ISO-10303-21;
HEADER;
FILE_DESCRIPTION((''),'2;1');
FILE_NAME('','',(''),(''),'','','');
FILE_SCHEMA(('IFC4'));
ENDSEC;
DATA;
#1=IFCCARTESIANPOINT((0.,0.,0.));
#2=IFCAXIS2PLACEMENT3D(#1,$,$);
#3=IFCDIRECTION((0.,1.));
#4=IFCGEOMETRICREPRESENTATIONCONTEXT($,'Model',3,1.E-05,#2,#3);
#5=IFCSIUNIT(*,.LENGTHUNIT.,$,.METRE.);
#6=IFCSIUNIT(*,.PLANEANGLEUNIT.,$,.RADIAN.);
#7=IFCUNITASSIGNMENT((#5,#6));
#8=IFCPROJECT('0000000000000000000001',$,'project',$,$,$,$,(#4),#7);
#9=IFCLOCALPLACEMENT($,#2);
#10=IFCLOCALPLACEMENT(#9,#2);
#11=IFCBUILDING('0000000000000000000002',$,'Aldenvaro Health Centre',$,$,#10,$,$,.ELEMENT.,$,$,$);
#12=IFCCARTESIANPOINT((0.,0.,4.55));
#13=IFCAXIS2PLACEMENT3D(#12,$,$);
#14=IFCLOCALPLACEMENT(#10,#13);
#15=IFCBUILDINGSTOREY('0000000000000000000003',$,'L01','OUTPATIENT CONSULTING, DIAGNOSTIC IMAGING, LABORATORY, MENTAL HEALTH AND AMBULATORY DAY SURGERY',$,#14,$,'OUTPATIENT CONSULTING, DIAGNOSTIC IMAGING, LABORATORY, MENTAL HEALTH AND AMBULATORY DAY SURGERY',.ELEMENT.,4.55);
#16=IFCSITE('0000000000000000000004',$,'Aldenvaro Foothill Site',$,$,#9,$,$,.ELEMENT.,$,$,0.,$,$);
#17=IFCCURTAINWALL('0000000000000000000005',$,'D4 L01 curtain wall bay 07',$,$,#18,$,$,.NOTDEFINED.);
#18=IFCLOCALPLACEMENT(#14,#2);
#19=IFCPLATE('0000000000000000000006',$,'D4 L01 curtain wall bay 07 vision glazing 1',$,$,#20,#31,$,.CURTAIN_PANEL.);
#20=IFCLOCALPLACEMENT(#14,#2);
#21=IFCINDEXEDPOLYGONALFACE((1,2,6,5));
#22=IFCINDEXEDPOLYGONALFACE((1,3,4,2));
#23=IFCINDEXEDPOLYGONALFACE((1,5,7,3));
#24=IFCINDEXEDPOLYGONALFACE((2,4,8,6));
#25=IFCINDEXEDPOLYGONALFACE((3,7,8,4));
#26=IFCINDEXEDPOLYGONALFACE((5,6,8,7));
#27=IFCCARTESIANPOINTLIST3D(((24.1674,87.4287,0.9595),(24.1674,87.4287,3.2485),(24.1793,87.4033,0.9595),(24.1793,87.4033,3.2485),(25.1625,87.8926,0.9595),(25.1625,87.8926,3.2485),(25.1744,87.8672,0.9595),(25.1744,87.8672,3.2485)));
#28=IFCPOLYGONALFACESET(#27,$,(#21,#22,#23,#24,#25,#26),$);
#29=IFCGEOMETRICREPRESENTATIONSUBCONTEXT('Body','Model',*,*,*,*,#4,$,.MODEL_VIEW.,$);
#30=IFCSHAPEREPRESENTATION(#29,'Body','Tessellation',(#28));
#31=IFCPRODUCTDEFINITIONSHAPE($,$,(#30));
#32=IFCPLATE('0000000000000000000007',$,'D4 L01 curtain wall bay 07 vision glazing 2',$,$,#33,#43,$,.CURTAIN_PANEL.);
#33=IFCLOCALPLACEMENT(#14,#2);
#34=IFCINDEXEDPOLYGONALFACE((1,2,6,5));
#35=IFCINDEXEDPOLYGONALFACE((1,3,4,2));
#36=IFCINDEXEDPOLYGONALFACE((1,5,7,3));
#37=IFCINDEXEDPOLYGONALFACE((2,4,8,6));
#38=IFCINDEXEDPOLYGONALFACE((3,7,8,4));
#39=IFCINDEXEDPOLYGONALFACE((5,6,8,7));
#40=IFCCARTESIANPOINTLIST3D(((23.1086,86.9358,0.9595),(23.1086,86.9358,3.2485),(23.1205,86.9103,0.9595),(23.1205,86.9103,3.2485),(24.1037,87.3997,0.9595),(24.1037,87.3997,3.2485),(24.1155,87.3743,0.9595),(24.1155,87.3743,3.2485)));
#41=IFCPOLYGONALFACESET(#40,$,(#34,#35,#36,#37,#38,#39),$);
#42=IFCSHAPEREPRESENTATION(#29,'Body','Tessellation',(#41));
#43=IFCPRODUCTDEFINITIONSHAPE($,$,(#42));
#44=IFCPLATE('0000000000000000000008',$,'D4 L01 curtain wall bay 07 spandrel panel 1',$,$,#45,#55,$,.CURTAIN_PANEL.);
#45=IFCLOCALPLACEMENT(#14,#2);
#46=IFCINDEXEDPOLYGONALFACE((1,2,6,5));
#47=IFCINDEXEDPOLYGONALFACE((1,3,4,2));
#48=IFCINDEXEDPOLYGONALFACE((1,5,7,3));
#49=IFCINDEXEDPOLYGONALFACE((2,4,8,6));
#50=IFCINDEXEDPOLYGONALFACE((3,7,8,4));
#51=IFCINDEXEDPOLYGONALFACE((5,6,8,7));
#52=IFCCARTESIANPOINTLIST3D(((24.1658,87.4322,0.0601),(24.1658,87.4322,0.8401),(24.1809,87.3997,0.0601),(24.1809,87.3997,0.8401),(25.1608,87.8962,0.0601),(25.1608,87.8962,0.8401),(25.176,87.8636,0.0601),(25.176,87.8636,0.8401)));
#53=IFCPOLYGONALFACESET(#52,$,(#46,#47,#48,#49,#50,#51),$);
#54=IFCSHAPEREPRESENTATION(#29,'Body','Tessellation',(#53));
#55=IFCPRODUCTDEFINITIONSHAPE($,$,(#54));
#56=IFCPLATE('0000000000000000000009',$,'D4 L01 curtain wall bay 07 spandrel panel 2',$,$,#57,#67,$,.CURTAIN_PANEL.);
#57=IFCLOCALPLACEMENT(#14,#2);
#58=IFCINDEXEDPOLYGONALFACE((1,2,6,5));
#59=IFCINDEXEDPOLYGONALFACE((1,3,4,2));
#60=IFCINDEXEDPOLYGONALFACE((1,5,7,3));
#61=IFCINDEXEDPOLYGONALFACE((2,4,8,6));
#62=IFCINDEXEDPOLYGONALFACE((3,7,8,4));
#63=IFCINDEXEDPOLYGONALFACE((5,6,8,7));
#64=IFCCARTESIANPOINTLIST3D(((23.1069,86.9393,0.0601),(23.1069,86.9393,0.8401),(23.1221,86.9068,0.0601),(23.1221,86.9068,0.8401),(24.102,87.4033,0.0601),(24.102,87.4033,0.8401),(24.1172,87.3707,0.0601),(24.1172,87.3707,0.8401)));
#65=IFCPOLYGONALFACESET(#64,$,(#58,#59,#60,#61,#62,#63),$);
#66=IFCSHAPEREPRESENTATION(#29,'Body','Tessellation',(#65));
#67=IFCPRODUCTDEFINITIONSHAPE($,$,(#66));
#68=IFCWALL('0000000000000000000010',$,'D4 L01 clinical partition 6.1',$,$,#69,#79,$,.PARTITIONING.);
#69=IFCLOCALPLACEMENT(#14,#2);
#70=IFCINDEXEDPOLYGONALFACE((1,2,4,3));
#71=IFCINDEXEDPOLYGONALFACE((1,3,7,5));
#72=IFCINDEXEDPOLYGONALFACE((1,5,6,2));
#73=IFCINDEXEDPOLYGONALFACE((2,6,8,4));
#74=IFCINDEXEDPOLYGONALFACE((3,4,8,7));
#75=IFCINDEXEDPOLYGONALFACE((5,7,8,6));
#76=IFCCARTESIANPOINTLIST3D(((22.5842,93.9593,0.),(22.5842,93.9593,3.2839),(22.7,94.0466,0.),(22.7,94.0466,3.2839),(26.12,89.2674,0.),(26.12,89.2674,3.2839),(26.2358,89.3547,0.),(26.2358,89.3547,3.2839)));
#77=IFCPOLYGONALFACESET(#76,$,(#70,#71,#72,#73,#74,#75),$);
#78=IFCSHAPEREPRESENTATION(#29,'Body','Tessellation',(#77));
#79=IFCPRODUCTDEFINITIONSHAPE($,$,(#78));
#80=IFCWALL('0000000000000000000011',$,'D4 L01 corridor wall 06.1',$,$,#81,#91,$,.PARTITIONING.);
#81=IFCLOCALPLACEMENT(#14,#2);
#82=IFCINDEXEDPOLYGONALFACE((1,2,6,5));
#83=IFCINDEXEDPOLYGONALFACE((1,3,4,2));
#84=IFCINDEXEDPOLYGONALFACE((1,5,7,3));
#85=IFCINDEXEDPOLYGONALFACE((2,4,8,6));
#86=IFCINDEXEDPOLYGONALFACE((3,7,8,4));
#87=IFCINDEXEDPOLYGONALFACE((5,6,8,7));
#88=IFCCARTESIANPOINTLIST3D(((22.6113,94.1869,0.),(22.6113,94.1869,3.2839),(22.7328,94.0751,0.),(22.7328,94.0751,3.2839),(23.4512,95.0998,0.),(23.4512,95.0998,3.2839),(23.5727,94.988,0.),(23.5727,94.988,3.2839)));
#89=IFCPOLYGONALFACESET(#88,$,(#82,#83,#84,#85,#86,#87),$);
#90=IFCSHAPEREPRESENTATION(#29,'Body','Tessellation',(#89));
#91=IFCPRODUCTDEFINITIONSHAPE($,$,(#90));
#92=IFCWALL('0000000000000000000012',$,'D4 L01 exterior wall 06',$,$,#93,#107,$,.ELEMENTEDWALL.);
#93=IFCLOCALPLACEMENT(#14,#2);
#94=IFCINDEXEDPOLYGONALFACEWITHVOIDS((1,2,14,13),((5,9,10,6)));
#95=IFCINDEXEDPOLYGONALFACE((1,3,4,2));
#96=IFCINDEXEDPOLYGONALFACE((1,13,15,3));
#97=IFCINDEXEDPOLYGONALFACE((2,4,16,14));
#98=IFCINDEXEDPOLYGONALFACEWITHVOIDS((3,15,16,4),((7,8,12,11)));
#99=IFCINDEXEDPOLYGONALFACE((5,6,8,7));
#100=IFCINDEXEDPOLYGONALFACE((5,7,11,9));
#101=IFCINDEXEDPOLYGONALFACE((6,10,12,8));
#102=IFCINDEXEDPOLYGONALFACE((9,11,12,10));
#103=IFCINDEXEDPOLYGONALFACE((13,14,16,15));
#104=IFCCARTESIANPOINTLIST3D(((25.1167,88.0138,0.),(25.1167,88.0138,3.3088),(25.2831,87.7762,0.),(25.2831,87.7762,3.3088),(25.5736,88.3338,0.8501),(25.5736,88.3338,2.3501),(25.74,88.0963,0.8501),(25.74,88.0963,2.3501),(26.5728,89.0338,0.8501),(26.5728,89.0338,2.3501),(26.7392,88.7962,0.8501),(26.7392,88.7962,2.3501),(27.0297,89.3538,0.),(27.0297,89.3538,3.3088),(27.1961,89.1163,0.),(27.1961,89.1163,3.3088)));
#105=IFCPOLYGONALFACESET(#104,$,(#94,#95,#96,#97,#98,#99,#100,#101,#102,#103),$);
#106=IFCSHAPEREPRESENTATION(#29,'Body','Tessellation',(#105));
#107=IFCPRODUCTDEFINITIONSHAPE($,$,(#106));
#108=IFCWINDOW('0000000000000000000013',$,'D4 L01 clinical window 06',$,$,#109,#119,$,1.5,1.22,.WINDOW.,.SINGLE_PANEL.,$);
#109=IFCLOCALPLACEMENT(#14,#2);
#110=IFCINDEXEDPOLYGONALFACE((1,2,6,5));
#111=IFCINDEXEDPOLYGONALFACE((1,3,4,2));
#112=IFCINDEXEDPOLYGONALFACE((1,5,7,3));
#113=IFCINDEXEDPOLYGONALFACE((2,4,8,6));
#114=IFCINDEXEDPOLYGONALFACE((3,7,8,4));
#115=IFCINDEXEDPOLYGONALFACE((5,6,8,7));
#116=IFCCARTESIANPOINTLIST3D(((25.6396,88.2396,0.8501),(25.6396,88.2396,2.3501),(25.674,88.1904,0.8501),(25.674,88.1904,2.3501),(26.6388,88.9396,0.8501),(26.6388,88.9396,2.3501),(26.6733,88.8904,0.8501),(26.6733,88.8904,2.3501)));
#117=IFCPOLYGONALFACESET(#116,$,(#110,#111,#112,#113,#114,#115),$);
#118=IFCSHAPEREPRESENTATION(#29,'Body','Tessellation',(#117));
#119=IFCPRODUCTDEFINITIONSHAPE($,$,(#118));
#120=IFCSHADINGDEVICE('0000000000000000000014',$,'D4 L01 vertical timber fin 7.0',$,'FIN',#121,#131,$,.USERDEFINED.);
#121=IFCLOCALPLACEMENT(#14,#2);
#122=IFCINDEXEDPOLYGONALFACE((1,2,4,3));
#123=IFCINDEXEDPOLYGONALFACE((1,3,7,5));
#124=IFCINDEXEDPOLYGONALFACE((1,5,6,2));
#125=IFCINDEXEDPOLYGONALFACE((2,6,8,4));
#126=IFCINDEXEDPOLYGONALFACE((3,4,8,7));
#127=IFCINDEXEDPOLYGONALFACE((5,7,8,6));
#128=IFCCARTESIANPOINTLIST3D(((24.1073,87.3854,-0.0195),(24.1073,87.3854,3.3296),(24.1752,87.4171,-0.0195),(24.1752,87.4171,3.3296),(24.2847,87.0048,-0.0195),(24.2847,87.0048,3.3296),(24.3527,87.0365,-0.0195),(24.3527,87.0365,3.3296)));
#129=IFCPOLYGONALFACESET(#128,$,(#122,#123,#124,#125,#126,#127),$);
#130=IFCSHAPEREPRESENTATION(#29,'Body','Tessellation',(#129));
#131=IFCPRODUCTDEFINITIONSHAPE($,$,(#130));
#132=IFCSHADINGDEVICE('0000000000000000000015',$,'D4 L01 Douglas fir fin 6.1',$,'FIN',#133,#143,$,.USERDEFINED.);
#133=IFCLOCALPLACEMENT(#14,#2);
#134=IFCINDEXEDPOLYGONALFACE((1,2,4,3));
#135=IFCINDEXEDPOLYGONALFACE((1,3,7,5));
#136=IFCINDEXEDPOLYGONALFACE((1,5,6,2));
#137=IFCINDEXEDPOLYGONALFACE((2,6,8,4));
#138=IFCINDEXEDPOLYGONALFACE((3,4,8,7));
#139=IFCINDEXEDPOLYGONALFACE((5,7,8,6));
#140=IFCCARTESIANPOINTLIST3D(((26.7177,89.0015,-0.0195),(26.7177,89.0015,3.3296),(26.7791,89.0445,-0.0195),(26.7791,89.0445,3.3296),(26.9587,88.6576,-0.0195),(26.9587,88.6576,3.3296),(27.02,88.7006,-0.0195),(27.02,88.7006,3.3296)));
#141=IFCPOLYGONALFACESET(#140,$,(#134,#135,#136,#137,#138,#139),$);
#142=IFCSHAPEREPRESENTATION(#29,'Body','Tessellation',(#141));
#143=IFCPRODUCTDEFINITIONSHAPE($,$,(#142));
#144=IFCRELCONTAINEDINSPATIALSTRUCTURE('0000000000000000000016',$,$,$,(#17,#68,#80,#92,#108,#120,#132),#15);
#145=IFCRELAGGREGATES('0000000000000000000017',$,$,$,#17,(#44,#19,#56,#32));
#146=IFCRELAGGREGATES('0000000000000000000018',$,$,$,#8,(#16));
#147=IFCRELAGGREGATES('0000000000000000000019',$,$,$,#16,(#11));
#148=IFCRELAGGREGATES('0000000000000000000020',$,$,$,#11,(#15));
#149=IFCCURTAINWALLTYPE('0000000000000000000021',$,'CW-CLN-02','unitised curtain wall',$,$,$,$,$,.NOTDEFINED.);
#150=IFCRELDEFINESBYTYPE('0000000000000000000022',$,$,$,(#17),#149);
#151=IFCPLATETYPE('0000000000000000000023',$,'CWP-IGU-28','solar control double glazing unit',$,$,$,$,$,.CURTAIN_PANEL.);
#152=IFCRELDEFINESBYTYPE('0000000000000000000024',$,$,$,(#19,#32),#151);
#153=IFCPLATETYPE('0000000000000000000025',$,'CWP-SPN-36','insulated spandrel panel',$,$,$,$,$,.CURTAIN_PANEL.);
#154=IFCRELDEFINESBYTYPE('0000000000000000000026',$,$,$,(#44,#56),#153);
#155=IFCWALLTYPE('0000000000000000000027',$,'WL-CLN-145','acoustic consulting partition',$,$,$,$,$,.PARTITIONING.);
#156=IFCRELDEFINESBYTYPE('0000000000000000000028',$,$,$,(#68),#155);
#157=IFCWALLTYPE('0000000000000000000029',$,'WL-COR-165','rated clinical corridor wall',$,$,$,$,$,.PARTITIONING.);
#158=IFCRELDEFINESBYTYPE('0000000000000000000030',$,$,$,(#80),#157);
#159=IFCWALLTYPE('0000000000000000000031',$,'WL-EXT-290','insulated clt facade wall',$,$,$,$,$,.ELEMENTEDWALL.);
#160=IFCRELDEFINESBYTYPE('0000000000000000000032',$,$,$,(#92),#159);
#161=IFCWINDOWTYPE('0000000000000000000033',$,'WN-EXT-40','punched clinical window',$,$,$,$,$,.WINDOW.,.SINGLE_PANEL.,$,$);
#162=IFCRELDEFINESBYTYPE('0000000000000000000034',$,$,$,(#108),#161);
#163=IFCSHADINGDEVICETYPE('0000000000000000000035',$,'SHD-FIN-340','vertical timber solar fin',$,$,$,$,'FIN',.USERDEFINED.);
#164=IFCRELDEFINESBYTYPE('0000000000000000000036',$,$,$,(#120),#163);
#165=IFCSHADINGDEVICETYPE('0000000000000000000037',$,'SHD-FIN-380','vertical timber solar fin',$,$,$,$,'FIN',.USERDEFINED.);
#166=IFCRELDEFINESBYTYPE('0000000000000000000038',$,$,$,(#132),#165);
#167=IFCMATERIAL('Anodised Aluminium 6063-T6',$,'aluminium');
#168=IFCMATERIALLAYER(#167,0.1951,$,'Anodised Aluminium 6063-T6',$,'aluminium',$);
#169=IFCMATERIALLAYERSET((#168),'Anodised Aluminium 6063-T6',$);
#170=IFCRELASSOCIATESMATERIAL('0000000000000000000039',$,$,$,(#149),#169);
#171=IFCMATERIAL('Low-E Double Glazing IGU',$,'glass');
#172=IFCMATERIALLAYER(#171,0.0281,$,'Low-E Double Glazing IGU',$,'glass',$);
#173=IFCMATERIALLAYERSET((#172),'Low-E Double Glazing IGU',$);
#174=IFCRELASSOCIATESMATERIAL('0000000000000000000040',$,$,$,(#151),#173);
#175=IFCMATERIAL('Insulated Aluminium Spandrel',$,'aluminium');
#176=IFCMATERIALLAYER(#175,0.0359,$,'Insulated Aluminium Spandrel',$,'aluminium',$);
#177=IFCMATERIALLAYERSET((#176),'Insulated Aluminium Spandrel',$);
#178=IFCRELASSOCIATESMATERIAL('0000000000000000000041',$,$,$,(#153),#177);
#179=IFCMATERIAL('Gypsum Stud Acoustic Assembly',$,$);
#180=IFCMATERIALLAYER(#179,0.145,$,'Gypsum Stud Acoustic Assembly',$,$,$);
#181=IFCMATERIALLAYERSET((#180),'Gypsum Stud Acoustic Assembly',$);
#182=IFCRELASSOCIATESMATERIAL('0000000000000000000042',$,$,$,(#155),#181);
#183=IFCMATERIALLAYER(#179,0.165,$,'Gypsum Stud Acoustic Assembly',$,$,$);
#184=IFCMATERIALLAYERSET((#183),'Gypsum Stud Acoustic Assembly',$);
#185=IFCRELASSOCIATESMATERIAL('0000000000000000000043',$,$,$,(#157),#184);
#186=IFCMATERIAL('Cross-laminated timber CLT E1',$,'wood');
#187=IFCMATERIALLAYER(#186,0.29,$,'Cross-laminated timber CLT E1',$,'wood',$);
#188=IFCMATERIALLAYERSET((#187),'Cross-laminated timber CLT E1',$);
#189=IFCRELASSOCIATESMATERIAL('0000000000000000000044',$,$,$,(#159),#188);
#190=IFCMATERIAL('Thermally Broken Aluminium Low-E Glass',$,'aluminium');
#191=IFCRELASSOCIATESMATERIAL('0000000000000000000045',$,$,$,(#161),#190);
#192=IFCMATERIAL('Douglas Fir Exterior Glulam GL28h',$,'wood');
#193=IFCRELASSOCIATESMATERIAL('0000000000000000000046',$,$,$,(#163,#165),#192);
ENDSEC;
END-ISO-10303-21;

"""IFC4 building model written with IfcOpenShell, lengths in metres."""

from ifc_helpers import new_model, si_unit, direction, frame, frame_2d, origin, origin_2d, place, context, subcontext, project, spatial, rectangle, extrude, material, layer, layer_set, type_object, element, fill, aggregate, save


model = new_model("IFC4")

# Units and contexts
model_context = context("Model", 3, precision=1e-05, world=origin(), true_north=direction((0.0, 1.0)))
body_context = subcontext(model_context, "Body", "Model", "MODEL_VIEW")
ifc_project = project(units=[si_unit("LENGTHUNIT", "METRE"), si_unit("PLANEANGLEUNIT", "RADIAN")], contexts=[model_context])

# Site, building, storey
site_placement = place(None, origin())
site = spatial("IfcSite", under=ifc_project, at=site_placement, Name="Aldenvaro Foothill Site", CompositionType="ELEMENT", RefElevation=0.0)
building_placement = place(site_placement, origin())
building = spatial("IfcBuilding", under=site, at=building_placement, Name="Aldenvaro Health Centre", CompositionType="ELEMENT")
storey_placement = place(building_placement, frame((0.0, 0.0, 4.55)))
storey = spatial("IfcBuildingStorey", under=building, at=storey_placement, Name="L01", Description="OUTPATIENT CONSULTING, DIAGNOSTIC IMAGING, LABORATORY, MENTAL HEALTH AND AMBULATORY DAY SURGERY", LongName="OUTPATIENT CONSULTING, DIAGNOSTIC IMAGING, LABORATORY, MENTAL HEALTH AND AMBULATORY DAY SURGERY", CompositionType="ELEMENT", Elevation=4.55)

# Curtain wall
ifc_material_1 = material(Name="Anodised Aluminium 6063-T6", Category="aluminium")
ifc_layer_1 = layer(ifc_material_1, 0.1951, Name="Anodised Aluminium 6063-T6", Category="aluminium")
ifc_layer_set_1 = layer_set([ifc_layer_1], Name="Anodised Aluminium 6063-T6")
curtain_wall_type = type_object("IfcCurtainWallType", Name="CW-CLN-02", Description="unitised curtain wall", PredefinedType="NOTDEFINED", material=ifc_layer_set_1)
curtain_wall_placement = place(storey_placement, origin())
curtain_wall = element("IfcCurtainWall", 1, at=curtain_wall_placement, inside=storey, type_object=curtain_wall_type, Name="D4 L01 curtain wall bay 07", PredefinedType="NOTDEFINED")

# Plates
ifc_material_2 = material(Name="Low-E Double Glazing IGU", Category="glass")
ifc_layer_2 = layer(ifc_material_2, 0.0281, Name="Low-E Double Glazing IGU", Category="glass")
ifc_layer_set_2 = layer_set([ifc_layer_2], Name="Low-E Double Glazing IGU")
plate_type_1 = type_object("IfcPlateType", Name="CWP-IGU-28", Description="solar control double glazing unit", PredefinedType="CURTAIN_PANEL", material=ifc_layer_set_2)
plate_1_placement = place(storey_placement, frame((24.6709, 87.6479, 0.9595), z_axis=(0.0, 0.0, 1.0), x_axis=(-0.906336, -0.422557, 0.0)))
plate_1 = element("IfcPlate", 2, at=plate_1_placement, type_object=plate_type_1, Name="D4 L01 curtain wall bay 07 vision glazing 1", PredefinedType="CURTAIN_PANEL", context=body_context, shape_type="SweptSolid", body=[
    extrude(rectangle(XDim=1.0979, YDim=0.0281, at=origin_2d()), origin(), (0.0, 0.0, 1.0), 2.2891),
])
plate_2_placement = place(storey_placement, frame((23.6121, 87.155, 0.9595), z_axis=(0.0, 0.0, 1.0), x_axis=(-0.906336, -0.422557, 0.0)))
plate_2 = element("IfcPlate", 3, at=plate_2_placement, type_object=plate_type_1, Name="D4 L01 curtain wall bay 07 vision glazing 2", PredefinedType="CURTAIN_PANEL", context=body_context, shape_type="SweptSolid", body=[
    extrude(rectangle(XDim=1.0979, YDim=0.0281, at=origin_2d()), origin(), (0.0, 0.0, 1.0), 2.2891),
])
ifc_material_3 = material(Name="Insulated Aluminium Spandrel", Category="aluminium")
ifc_layer_3 = layer(ifc_material_3, 0.0359, Name="Insulated Aluminium Spandrel", Category="aluminium")
ifc_layer_set_3 = layer_set([ifc_layer_3], Name="Insulated Aluminium Spandrel")
plate_type_2 = type_object("IfcPlateType", Name="CWP-SPN-36", Description="insulated spandrel panel", PredefinedType="CURTAIN_PANEL", material=ifc_layer_set_3)
plate_3_placement = place(storey_placement, frame((24.6709, 87.6479, 0.0601), z_axis=(0.0, 0.0, 1.0), x_axis=(-0.906336, -0.422557, 0.0)))
plate_3 = element("IfcPlate", 4, at=plate_3_placement, type_object=plate_type_2, Name="D4 L01 curtain wall bay 07 spandrel panel 1", PredefinedType="CURTAIN_PANEL", context=body_context, shape_type="SweptSolid", body=[
    extrude(rectangle(XDim=1.0979, YDim=0.0359, at=origin_2d()), origin(), (0.0, 0.0, 1.0), 0.78),
])
plate_4_placement = place(storey_placement, frame((23.6121, 87.155, 0.0601), z_axis=(0.0, 0.0, 1.0), x_axis=(-0.906336, -0.422557, 0.0)))
plate_4 = element("IfcPlate", 5, at=plate_4_placement, type_object=plate_type_2, Name="D4 L01 curtain wall bay 07 spandrel panel 2", PredefinedType="CURTAIN_PANEL", context=body_context, shape_type="SweptSolid", body=[
    extrude(rectangle(XDim=1.0979, YDim=0.0359, at=origin_2d()), origin(), (0.0, 0.0, 1.0), 0.78),
])
aggregate(curtain_wall, [plate_3, plate_1, plate_4, plate_2])

# Walls
ifc_material_4 = material(Name="Gypsum Stud Acoustic Assembly")
ifc_layer_4 = layer(ifc_material_4, 0.145, Name="Gypsum Stud Acoustic Assembly")
ifc_layer_set_4 = layer_set([ifc_layer_4], Name="Gypsum Stud Acoustic Assembly")
wall_type_1 = type_object("IfcWallType", Name="WL-CLN-145", Description="acoustic consulting partition", PredefinedType="PARTITIONING", material=ifc_layer_set_4)
wall_1_placement = place(storey_placement, frame((22.6421, 94.0029, 0.0), z_axis=(0.0, 0.0, 1.0), x_axis=(0.601847, -0.798612, 0.0)))
element("IfcWall", 6, at=wall_1_placement, inside=storey, type_object=wall_type_1, Name="D4 L01 clinical partition 6.1", PredefinedType="PARTITIONING", context=body_context, shape_type="SweptSolid", body=[
    extrude(rectangle(XDim=5.875, YDim=0.145, at=frame_2d((2.9375, 0.0))), origin(), (0.0, 0.0, 1.0), 3.2839),
])
ifc_layer_5 = layer(ifc_material_4, 0.165, Name="Gypsum Stud Acoustic Assembly")
ifc_layer_set_5 = layer_set([ifc_layer_5], Name="Gypsum Stud Acoustic Assembly")
wall_type_2 = type_object("IfcWallType", Name="WL-COR-165", Description="rated clinical corridor wall", PredefinedType="PARTITIONING", material=ifc_layer_set_5)
wall_2_placement = place(storey_placement, frame((22.6721, 94.1311, 0.0), z_axis=(0.0, 0.0, 1.0), x_axis=(0.677069, 0.735919, 0.0)))
element("IfcWall", 7, at=wall_2_placement, inside=storey, type_object=wall_type_2, Name="D4 L01 corridor wall 06.1", PredefinedType="PARTITIONING", context=body_context, shape_type="SweptSolid", body=[
    extrude(rectangle(XDim=1.2405, YDim=0.165, at=frame_2d((0.6201, 0.0))), origin(), (0.0, 0.0, 1.0), 3.2839),
])

# Wall, opening, window
ifc_material_5 = material(Name="Cross-laminated timber CLT E1", Category="wood")
ifc_layer_6 = layer(ifc_material_5, 0.29, Name="Cross-laminated timber CLT E1", Category="wood")
ifc_layer_set_6 = layer_set([ifc_layer_6], Name="Cross-laminated timber CLT E1")
wall_type_3 = type_object("IfcWallType", Name="WL-EXT-290", Description="insulated clt facade wall", PredefinedType="ELEMENTEDWALL", material=ifc_layer_set_6)
wall_3_placement = place(storey_placement, frame((27.113, 89.2351, 0.0), z_axis=(0.0, 0.0, 1.0), x_axis=(-0.819045, -0.573729, 0.0)))
wall_3 = element("IfcWall", 8, at=wall_3_placement, inside=storey, type_object=wall_type_3, Name="D4 L01 exterior wall 06", PredefinedType="ELEMENTEDWALL", context=body_context, shape_type="SweptSolid", body=[
    extrude(rectangle(XDim=2.3357, YDim=0.29, at=frame_2d((1.168, 0.0))), origin(), (0.0, 0.0, 1.0), 3.3088),
])
opening_placement = place(wall_3_placement, frame((0.5581, 0.0, 0.8501)))
opening = element("IfcOpeningElement", 9, at=opening_placement, cuts=wall_3, PredefinedType="OPENING", context=body_context, shape_type="SweptSolid", body=[
    extrude(rectangle(XDim=1.22, YDim=1.5, at=frame_2d((0.6099, 0.75))), frame((0.0, 0.155, 0.0), z_axis=(0.0, -1.0, 0.0), x_axis=(1.0, 0.0, 0.0)), (0.0, 0.0, 1.0), 0.3101),
])
ifc_material_6 = material(Name="Thermally Broken Aluminium Low-E Glass", Category="aluminium")
window_type = type_object("IfcWindowType", Name="WN-EXT-40", Description="punched clinical window", PartitioningType="SINGLE_PANEL", PredefinedType="WINDOW", material=ifc_material_6)
window_placement = place(opening_placement, origin())
window = element("IfcWindow", 10, at=window_placement, inside=storey, type_object=window_type, Name="D4 L01 clinical window 06", OverallHeight=1.5, OverallWidth=1.22, PartitioningType="SINGLE_PANEL", PredefinedType="WINDOW", context=body_context, shape_type="SweptSolid", body=[
    extrude(rectangle(XDim=1.22, YDim=1.5, at=frame_2d((0.6099, 0.75))), frame((0.0, 0.03, 0.0), z_axis=(0.0, -1.0, 0.0), x_axis=(1.0, 0.0, 0.0)), (0.0, 0.0, 1.0), 0.0601),
])
fill(opening, window)

# Shading devices
ifc_material_7 = material(Name="Douglas Fir Exterior Glulam GL28h", Category="wood")
shading_device_type_1 = type_object("IfcShadingDeviceType", Name="SHD-FIN-340", Description="vertical timber solar fin", ElementType="FIN", PredefinedType="USERDEFINED", material=ifc_material_7)
shading_device_1_placement = place(storey_placement, frame((24.23, 87.2109, -0.0195), z_axis=(0.0, 0.0, 1.0), x_axis=(-0.906336, -0.422557, 0.0)))
element("IfcShadingDevice", 11, at=shading_device_1_placement, inside=storey, type_object=shading_device_type_1, Name="D4 L01 vertical timber fin 7.0", ObjectType="FIN", PredefinedType="USERDEFINED", context=body_context, shape_type="SweptSolid", body=[
    extrude(rectangle(XDim=0.075, YDim=0.4199, at=origin_2d()), origin(), (0.0, 0.0, 1.0), 3.3491),
])
shading_device_type_2 = type_object("IfcShadingDeviceType", Name="SHD-FIN-380", Description="vertical timber solar fin", ElementType="FIN", PredefinedType="USERDEFINED", material=ifc_material_7)
shading_device_2_placement = place(storey_placement, frame((26.8689, 88.8511, -0.0195), z_axis=(0.0, 0.0, 1.0), x_axis=(-0.819051, -0.573721, 0.0)))
element("IfcShadingDevice", 12, at=shading_device_2_placement, inside=storey, type_object=shading_device_type_2, Name="D4 L01 Douglas fir fin 6.1", ObjectType="FIN", PredefinedType="USERDEFINED", context=body_context, shape_type="SweptSolid", body=[
    extrude(rectangle(XDim=0.075, YDim=0.4199, at=origin_2d()), origin(), (0.0, 0.0, 1.0), 3.3491),
])

save(model, "model.ifc")
